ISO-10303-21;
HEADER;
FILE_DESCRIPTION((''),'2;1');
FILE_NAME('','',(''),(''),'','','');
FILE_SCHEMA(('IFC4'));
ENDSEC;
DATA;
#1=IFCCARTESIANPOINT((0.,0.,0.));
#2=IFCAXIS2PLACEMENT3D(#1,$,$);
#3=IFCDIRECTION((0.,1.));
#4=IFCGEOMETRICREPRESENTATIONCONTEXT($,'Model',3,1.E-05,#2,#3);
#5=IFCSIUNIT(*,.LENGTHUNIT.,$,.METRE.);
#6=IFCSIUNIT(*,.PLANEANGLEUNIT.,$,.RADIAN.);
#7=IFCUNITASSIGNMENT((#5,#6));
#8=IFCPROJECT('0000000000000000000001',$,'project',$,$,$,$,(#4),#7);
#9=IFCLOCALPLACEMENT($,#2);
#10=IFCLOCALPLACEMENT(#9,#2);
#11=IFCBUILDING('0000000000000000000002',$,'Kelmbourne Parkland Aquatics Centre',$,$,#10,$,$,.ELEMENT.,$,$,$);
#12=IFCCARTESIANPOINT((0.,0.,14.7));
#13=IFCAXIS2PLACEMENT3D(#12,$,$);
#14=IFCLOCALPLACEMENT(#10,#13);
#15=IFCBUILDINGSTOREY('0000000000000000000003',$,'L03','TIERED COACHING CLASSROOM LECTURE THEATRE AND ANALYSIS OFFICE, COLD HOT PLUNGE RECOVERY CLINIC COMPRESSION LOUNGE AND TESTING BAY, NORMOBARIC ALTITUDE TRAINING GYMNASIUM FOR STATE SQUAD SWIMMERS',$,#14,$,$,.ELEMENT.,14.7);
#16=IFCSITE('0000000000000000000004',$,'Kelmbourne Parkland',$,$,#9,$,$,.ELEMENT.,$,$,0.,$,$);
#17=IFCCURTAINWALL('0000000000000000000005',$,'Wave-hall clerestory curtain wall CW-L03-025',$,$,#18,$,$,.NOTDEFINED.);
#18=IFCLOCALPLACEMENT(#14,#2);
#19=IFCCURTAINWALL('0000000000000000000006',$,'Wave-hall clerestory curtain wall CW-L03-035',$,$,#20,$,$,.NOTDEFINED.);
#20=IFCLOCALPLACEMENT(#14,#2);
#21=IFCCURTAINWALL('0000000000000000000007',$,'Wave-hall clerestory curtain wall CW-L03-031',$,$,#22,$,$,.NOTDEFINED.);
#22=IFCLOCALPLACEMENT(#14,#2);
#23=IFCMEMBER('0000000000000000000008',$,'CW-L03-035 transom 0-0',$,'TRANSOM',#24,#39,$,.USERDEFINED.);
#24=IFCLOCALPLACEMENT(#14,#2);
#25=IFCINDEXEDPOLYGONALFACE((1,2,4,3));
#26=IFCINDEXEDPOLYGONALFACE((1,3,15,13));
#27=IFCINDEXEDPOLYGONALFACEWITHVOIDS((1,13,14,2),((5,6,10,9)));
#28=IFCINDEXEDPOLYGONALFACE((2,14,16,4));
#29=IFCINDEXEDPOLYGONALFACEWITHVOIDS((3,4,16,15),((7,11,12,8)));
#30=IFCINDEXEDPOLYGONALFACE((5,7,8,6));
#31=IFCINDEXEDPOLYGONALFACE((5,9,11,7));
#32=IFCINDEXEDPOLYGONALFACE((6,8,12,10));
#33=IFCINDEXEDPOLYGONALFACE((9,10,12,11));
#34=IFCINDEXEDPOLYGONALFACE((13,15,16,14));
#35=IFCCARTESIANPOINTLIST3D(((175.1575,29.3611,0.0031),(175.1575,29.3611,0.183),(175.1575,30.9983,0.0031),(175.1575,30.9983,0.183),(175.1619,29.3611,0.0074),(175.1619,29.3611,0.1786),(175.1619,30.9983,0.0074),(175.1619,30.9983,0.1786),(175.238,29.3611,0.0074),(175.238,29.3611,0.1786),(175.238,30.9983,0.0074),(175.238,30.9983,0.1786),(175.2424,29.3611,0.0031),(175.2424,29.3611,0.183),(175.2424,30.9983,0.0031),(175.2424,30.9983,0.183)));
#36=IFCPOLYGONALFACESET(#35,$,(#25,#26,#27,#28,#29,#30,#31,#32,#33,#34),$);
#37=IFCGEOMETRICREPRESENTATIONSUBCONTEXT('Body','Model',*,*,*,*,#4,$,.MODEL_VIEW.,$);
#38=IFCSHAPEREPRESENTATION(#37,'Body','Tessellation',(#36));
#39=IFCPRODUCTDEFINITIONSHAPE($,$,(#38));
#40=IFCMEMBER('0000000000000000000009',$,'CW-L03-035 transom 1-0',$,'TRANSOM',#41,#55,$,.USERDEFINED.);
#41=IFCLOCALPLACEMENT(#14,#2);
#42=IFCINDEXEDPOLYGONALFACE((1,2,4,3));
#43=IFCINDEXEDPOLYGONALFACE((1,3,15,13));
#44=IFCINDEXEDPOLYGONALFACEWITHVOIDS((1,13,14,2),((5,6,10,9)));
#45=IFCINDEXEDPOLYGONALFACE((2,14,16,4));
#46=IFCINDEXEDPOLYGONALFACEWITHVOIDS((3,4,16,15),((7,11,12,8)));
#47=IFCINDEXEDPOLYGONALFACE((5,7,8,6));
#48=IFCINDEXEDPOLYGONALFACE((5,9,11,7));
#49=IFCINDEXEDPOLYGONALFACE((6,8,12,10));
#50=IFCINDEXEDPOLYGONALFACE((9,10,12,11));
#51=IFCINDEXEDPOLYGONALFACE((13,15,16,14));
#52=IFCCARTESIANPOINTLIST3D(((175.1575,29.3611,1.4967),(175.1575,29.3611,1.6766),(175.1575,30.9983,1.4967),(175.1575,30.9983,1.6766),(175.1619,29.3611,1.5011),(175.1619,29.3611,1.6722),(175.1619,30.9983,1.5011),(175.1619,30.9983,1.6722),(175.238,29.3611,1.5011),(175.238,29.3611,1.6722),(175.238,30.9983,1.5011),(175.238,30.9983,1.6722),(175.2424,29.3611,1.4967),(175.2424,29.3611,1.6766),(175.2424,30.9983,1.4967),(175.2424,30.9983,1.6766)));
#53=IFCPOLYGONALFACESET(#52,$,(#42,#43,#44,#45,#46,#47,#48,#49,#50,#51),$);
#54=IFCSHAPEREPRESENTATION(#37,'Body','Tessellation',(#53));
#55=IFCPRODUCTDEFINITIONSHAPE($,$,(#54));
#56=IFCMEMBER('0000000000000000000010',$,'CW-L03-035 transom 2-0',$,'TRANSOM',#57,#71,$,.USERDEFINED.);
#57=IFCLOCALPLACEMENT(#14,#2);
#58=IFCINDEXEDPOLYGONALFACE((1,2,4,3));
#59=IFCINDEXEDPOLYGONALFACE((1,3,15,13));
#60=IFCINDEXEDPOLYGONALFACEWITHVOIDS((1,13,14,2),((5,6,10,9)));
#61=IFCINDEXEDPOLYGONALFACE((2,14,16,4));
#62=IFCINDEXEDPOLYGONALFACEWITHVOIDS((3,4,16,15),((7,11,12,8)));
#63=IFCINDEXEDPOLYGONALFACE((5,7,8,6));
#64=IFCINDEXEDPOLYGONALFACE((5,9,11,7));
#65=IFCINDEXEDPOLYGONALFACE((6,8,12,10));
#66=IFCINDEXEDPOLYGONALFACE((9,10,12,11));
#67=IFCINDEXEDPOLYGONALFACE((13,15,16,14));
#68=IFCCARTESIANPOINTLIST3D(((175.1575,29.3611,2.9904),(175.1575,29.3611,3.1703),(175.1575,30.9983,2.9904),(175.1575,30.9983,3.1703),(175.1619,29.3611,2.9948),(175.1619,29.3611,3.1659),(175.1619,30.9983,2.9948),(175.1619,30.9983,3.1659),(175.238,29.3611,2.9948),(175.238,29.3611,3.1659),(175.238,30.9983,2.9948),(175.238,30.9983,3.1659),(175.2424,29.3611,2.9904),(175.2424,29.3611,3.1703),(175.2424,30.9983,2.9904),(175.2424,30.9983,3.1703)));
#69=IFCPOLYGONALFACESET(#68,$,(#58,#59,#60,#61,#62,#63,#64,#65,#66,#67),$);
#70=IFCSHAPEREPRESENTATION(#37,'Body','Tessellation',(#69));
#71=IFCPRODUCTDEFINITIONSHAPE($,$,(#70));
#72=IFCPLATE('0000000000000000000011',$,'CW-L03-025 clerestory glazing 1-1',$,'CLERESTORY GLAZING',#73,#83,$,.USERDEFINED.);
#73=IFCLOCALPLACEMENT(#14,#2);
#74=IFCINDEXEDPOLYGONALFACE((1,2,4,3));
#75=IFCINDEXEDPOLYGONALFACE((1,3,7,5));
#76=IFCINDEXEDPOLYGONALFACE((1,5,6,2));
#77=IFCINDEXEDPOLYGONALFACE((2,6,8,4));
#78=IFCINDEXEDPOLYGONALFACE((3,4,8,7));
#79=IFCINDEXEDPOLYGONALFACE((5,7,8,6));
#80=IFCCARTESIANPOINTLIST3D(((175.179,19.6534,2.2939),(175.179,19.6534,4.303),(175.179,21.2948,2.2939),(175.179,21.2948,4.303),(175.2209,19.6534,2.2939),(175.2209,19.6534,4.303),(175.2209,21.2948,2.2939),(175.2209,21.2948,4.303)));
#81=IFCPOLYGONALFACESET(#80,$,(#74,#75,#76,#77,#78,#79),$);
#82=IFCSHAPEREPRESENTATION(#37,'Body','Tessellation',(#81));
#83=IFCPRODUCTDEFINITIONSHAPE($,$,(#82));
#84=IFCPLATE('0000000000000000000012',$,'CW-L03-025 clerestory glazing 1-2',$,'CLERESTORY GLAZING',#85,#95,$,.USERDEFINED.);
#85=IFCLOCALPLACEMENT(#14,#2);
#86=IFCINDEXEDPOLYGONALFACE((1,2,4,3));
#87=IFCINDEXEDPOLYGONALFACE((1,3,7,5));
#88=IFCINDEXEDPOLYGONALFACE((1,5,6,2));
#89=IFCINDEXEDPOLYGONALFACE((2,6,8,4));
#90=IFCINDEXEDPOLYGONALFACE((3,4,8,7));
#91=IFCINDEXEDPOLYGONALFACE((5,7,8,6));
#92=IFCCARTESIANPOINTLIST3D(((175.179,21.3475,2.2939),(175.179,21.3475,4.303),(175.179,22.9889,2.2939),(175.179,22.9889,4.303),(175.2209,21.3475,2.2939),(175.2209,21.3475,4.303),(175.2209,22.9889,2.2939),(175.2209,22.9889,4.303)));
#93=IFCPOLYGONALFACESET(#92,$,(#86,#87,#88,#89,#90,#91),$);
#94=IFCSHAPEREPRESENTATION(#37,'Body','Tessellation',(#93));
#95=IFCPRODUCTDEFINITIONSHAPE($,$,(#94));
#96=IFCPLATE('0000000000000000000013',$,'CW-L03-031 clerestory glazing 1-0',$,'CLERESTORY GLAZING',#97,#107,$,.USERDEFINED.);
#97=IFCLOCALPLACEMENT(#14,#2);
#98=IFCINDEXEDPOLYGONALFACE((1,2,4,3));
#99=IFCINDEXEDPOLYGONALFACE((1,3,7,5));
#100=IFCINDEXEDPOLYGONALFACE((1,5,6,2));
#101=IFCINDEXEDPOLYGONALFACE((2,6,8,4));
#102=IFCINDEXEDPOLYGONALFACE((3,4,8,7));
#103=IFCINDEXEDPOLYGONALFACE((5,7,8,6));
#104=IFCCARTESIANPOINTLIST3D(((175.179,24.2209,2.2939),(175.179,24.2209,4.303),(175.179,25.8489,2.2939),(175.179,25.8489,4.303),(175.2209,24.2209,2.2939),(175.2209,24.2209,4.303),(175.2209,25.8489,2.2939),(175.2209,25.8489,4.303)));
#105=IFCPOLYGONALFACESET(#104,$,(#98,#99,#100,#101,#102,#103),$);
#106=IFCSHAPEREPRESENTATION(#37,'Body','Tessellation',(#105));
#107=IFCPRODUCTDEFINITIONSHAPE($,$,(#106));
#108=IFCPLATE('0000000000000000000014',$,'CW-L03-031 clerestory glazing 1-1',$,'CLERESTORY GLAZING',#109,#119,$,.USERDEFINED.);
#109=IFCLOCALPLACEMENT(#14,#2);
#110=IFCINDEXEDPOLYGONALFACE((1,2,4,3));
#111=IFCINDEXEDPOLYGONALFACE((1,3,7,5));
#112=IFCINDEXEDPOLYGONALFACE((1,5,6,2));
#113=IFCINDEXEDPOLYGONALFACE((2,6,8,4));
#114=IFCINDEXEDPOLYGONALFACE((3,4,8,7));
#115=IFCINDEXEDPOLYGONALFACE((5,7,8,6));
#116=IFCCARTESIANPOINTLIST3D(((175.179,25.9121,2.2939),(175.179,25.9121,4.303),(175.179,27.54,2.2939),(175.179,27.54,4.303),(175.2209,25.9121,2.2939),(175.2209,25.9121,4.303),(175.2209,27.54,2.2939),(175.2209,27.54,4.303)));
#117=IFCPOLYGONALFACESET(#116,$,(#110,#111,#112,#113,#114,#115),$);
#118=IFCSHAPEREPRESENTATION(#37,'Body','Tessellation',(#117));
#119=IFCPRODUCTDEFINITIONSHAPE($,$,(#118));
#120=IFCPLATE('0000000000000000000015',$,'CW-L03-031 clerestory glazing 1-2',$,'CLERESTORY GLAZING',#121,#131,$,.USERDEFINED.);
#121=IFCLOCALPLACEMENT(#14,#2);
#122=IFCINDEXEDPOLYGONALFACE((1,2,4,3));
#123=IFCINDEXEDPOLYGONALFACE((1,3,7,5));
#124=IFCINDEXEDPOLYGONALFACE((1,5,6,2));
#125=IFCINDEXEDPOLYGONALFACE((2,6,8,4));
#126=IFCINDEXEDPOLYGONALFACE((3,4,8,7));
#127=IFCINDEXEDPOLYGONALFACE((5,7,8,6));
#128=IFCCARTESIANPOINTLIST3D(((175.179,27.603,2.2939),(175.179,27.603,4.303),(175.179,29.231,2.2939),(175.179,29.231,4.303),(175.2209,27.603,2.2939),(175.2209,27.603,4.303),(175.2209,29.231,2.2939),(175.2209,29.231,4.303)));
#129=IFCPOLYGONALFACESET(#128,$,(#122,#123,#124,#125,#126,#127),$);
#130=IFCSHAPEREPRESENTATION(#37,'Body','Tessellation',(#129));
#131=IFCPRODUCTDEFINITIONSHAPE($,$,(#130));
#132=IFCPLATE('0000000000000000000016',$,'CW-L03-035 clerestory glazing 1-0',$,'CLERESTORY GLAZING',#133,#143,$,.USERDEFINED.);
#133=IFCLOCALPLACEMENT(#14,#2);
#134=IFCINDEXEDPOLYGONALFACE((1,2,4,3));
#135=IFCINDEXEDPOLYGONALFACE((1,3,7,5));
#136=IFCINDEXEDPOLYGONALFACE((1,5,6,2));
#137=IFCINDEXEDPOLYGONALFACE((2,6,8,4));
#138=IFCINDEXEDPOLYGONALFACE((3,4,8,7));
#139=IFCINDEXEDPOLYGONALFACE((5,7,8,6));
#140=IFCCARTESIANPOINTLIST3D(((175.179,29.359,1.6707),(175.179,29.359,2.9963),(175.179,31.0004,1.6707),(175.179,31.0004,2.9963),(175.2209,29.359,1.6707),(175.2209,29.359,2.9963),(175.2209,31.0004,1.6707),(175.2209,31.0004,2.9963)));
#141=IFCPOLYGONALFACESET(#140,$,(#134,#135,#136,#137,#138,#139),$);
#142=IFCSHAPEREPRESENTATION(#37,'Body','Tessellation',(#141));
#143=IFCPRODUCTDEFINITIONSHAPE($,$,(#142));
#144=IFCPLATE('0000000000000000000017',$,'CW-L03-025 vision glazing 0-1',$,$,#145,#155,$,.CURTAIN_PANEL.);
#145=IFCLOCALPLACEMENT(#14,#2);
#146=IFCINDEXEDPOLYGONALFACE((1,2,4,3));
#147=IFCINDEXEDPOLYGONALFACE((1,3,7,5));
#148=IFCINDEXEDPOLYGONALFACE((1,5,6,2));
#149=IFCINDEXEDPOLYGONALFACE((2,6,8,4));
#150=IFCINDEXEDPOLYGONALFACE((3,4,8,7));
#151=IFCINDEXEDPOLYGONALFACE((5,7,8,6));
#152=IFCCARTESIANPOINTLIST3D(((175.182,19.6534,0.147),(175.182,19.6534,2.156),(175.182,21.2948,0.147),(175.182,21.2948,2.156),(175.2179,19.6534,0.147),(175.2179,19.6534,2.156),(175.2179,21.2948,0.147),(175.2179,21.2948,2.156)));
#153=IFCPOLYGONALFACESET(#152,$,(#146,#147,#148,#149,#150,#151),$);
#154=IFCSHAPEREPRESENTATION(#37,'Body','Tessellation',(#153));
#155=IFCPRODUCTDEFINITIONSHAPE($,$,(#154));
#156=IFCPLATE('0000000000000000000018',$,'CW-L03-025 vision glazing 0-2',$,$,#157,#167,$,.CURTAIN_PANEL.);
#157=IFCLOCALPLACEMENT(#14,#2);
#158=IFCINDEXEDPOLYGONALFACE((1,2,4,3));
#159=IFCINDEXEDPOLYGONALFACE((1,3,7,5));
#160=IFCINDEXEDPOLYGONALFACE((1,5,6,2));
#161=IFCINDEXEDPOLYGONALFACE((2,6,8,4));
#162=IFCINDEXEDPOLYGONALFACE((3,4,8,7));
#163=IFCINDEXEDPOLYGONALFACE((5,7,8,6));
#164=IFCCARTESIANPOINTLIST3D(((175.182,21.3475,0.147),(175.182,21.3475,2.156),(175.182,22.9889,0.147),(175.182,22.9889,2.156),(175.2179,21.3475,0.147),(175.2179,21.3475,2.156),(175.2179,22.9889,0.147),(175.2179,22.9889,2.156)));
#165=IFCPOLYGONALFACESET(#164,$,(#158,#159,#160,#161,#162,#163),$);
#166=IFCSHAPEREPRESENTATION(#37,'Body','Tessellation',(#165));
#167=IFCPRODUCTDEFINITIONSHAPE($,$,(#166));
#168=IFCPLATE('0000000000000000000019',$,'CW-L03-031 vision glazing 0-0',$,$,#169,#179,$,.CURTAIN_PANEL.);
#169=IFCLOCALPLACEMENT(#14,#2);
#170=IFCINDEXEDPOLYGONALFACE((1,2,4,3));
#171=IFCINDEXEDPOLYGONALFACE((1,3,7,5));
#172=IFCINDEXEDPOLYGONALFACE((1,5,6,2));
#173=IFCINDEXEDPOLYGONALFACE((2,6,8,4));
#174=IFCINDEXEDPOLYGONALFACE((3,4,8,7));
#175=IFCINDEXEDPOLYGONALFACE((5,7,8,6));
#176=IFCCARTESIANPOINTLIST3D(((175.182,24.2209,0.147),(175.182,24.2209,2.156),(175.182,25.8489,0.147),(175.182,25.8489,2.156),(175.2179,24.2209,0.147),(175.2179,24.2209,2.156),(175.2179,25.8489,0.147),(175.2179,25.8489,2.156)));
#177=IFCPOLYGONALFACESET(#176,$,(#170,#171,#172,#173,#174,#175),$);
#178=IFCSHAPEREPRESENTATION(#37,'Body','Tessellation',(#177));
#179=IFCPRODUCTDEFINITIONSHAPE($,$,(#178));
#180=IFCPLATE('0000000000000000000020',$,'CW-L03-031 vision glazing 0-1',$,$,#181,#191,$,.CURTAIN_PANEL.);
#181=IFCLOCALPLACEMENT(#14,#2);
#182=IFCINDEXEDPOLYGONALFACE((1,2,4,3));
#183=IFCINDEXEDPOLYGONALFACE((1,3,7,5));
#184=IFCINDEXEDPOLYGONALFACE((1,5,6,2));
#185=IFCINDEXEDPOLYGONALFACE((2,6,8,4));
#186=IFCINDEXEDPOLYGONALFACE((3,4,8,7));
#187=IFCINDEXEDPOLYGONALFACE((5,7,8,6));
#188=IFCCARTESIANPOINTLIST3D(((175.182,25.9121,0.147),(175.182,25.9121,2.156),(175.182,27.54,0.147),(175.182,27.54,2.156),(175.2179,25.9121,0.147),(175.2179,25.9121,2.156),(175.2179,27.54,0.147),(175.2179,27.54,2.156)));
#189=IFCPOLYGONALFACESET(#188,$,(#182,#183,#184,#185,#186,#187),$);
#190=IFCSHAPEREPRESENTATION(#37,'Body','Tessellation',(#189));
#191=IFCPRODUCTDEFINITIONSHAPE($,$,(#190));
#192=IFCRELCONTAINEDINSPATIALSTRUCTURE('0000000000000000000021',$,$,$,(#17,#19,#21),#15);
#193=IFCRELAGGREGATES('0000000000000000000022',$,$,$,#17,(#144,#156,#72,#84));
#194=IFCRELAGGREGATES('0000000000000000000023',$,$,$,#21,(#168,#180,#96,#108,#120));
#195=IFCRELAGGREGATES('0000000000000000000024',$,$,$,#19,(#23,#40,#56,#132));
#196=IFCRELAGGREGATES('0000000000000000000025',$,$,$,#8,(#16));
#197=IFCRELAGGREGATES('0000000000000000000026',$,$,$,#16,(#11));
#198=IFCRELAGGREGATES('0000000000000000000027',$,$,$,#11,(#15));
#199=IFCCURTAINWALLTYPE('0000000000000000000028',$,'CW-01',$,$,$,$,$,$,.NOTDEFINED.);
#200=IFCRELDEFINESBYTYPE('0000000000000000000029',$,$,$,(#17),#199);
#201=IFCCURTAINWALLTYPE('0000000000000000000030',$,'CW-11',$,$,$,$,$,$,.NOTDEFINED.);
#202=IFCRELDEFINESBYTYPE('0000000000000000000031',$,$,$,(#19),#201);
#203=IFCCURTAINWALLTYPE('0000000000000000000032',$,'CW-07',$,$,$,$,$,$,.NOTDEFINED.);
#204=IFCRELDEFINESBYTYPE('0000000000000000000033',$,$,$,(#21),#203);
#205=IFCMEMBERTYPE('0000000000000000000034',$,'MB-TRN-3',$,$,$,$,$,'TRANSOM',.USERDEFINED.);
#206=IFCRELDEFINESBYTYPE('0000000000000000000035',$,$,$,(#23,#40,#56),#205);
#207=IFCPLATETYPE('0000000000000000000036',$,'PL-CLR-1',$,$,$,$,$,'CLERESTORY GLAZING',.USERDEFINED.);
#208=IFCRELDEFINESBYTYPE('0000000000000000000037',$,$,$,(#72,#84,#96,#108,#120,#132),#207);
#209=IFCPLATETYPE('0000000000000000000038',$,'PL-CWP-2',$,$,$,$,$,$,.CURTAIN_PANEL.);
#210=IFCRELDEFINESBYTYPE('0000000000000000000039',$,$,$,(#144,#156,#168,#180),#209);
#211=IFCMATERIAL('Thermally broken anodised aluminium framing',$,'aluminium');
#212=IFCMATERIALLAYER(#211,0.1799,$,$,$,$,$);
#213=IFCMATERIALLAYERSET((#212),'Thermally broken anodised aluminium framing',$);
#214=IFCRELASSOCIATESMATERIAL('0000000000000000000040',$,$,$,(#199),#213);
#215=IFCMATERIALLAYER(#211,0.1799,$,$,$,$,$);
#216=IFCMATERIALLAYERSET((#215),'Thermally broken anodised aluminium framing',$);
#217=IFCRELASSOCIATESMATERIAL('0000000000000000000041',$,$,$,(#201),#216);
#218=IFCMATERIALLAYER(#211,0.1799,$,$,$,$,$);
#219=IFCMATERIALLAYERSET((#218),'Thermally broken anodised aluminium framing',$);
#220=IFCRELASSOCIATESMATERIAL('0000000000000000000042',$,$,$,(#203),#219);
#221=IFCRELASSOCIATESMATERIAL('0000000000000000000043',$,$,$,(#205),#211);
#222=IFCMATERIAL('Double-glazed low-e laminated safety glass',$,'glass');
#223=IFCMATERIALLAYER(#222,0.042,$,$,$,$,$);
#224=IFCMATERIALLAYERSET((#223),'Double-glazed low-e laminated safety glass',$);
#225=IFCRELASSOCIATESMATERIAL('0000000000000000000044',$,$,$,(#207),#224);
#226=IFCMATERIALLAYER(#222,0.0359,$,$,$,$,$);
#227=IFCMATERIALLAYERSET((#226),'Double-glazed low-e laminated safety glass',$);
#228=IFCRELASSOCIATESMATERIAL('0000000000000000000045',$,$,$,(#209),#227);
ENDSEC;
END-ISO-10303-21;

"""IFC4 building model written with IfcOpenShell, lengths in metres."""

from ifc_helpers import new_model, si_unit, direction, frame, origin, origin_2d, place, context, subcontext, project, spatial, rectangle, hollow_rectangle, extrude, material, layer, layer_set, material_profile, profile_set, type_object, element, aggregate, save


model = new_model("IFC4")

# Units and contexts
model_context = context("Model", 3, precision=1e-05, world=origin(), true_north=direction((0.0, 1.0)))
body_context = subcontext(model_context, "Body", "Model", "MODEL_VIEW")
ifc_project = project(units=[si_unit("LENGTHUNIT", "METRE"), si_unit("PLANEANGLEUNIT", "RADIAN")], contexts=[model_context])

# Site, building, storey
site_placement = place(None, origin())
site = spatial("IfcSite", under=ifc_project, at=site_placement, Name="Kelmbourne Parkland", CompositionType="ELEMENT", RefElevation=0.0)
building_placement = place(site_placement, origin())
building = spatial("IfcBuilding", under=site, at=building_placement, Name="Kelmbourne Parkland Aquatics Centre", CompositionType="ELEMENT")
storey_placement = place(building_placement, frame((0.0, 0.0, 14.7)))
storey = spatial("IfcBuildingStorey", under=building, at=storey_placement, Name="L03", Description="TIERED COACHING CLASSROOM LECTURE THEATRE AND ANALYSIS OFFICE, COLD HOT PLUNGE RECOVERY CLINIC COMPRESSION LOUNGE AND TESTING BAY, NORMOBARIC ALTITUDE TRAINING GYMNASIUM FOR STATE SQUAD SWIMMERS", CompositionType="ELEMENT", Elevation=14.7)

# Curtain walls
ifc_material_1 = material(Name="Thermally broken anodised aluminium framing", Category="aluminium")
ifc_layer_1 = layer(ifc_material_1, 0.1799)
ifc_layer_set_1 = layer_set([ifc_layer_1], Name="Thermally broken anodised aluminium framing")
curtain_wall_type_1 = type_object("IfcCurtainWallType", Name="CW-01", PredefinedType="NOTDEFINED", material=ifc_layer_set_1)
curtain_wall_1_placement = place(storey_placement, origin())
curtain_wall_1 = element("IfcCurtainWall", 1, at=curtain_wall_1_placement, inside=storey, type_object=curtain_wall_type_1, Name="Wave-hall clerestory curtain wall CW-L03-025", PredefinedType="NOTDEFINED")
ifc_layer_2 = layer(ifc_material_1, 0.1799)
ifc_layer_set_2 = layer_set([ifc_layer_2], Name="Thermally broken anodised aluminium framing")
curtain_wall_type_2 = type_object("IfcCurtainWallType", Name="CW-11", PredefinedType="NOTDEFINED", material=ifc_layer_set_2)
curtain_wall_2_placement = place(storey_placement, origin())
curtain_wall_2 = element("IfcCurtainWall", 2, at=curtain_wall_2_placement, inside=storey, type_object=curtain_wall_type_2, Name="Wave-hall clerestory curtain wall CW-L03-035", PredefinedType="NOTDEFINED")
ifc_layer_3 = layer(ifc_material_1, 0.1799)
ifc_layer_set_3 = layer_set([ifc_layer_3], Name="Thermally broken anodised aluminium framing")
curtain_wall_type_3 = type_object("IfcCurtainWallType", Name="CW-07", PredefinedType="NOTDEFINED", material=ifc_layer_set_3)
curtain_wall_3_placement = place(storey_placement, origin())
curtain_wall_3 = element("IfcCurtainWall", 3, at=curtain_wall_3_placement, inside=storey, type_object=curtain_wall_type_3, Name="Wave-hall clerestory curtain wall CW-L03-031", PredefinedType="NOTDEFINED")

# Members
ifc_material_profile_1 = material_profile(ifc_material_1, hollow_rectangle(XDim=0.085, YDim=0.1799, WallThickness=0.0044, at=origin_2d()), Name="CW-T 85x180")
ifc_profile_set_1 = profile_set([ifc_material_profile_1], Name="Thermally broken anodised aluminium framing")
member_type_1 = type_object("IfcMemberType", Name="MB-TRN-3", ElementType="TRANSOM", PredefinedType="USERDEFINED", material=ifc_profile_set_1)
member_1_placement = place(storey_placement, frame((175.2, 29.3611, 0.093), z_axis=(0.0, 1.0, 0.0), x_axis=(-1.0, 0.0, 0.0)))
member_1 = element("IfcMember", 4, at=member_1_placement, type_object=member_type_1, Name="CW-L03-035 transom 0-0", ObjectType="TRANSOM", PredefinedType="USERDEFINED", context=body_context, shape_type="SweptSolid", body=[
    extrude(hollow_rectangle(XDim=0.085, YDim=0.1799, WallThickness=0.0044, at=origin_2d()), origin(), (0.0, 0.0, 1.0), 1.6372),
])
member_2_placement = place(storey_placement, frame((175.2, 29.3611, 1.5867), z_axis=(0.0, 1.0, 0.0), x_axis=(-1.0, 0.0, 0.0)))
member_2 = element("IfcMember", 5, at=member_2_placement, type_object=member_type_1, Name="CW-L03-035 transom 1-0", ObjectType="TRANSOM", PredefinedType="USERDEFINED", context=body_context, shape_type="SweptSolid", body=[
    extrude(hollow_rectangle(XDim=0.085, YDim=0.1799, WallThickness=0.0044, at=origin_2d()), origin(), (0.0, 0.0, 1.0), 1.6372),
])
member_3_placement = place(storey_placement, frame((175.2, 29.3611, 3.0803), z_axis=(0.0, 1.0, 0.0), x_axis=(-1.0, 0.0, 0.0)))
member_3 = element("IfcMember", 6, at=member_3_placement, type_object=member_type_1, Name="CW-L03-035 transom 2-0", ObjectType="TRANSOM", PredefinedType="USERDEFINED", context=body_context, shape_type="SweptSolid", body=[
    extrude(hollow_rectangle(XDim=0.085, YDim=0.1799, WallThickness=0.0044, at=origin_2d()), origin(), (0.0, 0.0, 1.0), 1.6372),
])

# Plates
ifc_material_2 = material(Name="Double-glazed low-e laminated safety glass", Category="glass")
ifc_layer_4 = layer(ifc_material_2, 0.042)
ifc_layer_set_4 = layer_set([ifc_layer_4], Name="Double-glazed low-e laminated safety glass")
plate_type_1 = type_object("IfcPlateType", Name="PL-CLR-1", ElementType="CLERESTORY GLAZING", PredefinedType="USERDEFINED", material=ifc_layer_set_4)
plate_1_placement = place(storey_placement, frame((175.2, 20.4741, 2.2939), z_axis=(0.0, 0.0, 1.0), x_axis=(0.0, 1.0, 0.0)))
plate_1 = element("IfcPlate", 7, at=plate_1_placement, type_object=plate_type_1, Name="CW-L03-025 clerestory glazing 1-1", ObjectType="CLERESTORY GLAZING", PredefinedType="USERDEFINED", context=body_context, shape_type="SweptSolid", body=[
    extrude(rectangle(XDim=1.6414, YDim=0.042, at=origin_2d()), origin(), (0.0, 0.0, 1.0), 2.009),
])
plate_2_placement = place(storey_placement, frame((175.2, 22.1682, 2.2939), z_axis=(0.0, 0.0, 1.0), x_axis=(0.0, 1.0, 0.0)))
plate_2 = element("IfcPlate", 8, at=plate_2_placement, type_object=plate_type_1, Name="CW-L03-025 clerestory glazing 1-2", ObjectType="CLERESTORY GLAZING", PredefinedType="USERDEFINED", context=body_context, shape_type="SweptSolid", body=[
    extrude(rectangle(XDim=1.6414, YDim=0.042, at=origin_2d()), origin(), (0.0, 0.0, 1.0), 2.009),
])
plate_3_placement = place(storey_placement, frame((175.2, 25.0349, 2.2939), z_axis=(0.0, 0.0, 1.0), x_axis=(0.0, 1.0, 0.0)))
plate_3 = element("IfcPlate", 9, at=plate_3_placement, type_object=plate_type_1, Name="CW-L03-031 clerestory glazing 1-0", ObjectType="CLERESTORY GLAZING", PredefinedType="USERDEFINED", context=body_context, shape_type="SweptSolid", body=[
    extrude(rectangle(XDim=1.6279, YDim=0.042, at=origin_2d()), origin(), (0.0, 0.0, 1.0), 2.009),
])
plate_4_placement = place(storey_placement, frame((175.2, 26.7261, 2.2939), z_axis=(0.0, 0.0, 1.0), x_axis=(0.0, 1.0, 0.0)))
plate_4 = element("IfcPlate", 10, at=plate_4_placement, type_object=plate_type_1, Name="CW-L03-031 clerestory glazing 1-1", ObjectType="CLERESTORY GLAZING", PredefinedType="USERDEFINED", context=body_context, shape_type="SweptSolid", body=[
    extrude(rectangle(XDim=1.6279, YDim=0.042, at=origin_2d()), origin(), (0.0, 0.0, 1.0), 2.009),
])
plate_5_placement = place(storey_placement, frame((175.2, 28.417, 2.2939), z_axis=(0.0, 0.0, 1.0), x_axis=(0.0, 1.0, 0.0)))
plate_5 = element("IfcPlate", 11, at=plate_5_placement, type_object=plate_type_1, Name="CW-L03-031 clerestory glazing 1-2", ObjectType="CLERESTORY GLAZING", PredefinedType="USERDEFINED", context=body_context, shape_type="SweptSolid", body=[
    extrude(rectangle(XDim=1.6279, YDim=0.042, at=origin_2d()), origin(), (0.0, 0.0, 1.0), 2.009),
])
plate_6_placement = place(storey_placement, frame((175.2, 30.1797, 1.6707), z_axis=(0.0, 0.0, 1.0), x_axis=(0.0, 1.0, 0.0)))
plate_6 = element("IfcPlate", 12, at=plate_6_placement, type_object=plate_type_1, Name="CW-L03-035 clerestory glazing 1-0", ObjectType="CLERESTORY GLAZING", PredefinedType="USERDEFINED", context=body_context, shape_type="SweptSolid", body=[
    extrude(rectangle(XDim=1.6414, YDim=0.042, at=origin_2d()), origin(), (0.0, 0.0, 1.0), 1.3257),
])
ifc_layer_5 = layer(ifc_material_2, 0.0359)
ifc_layer_set_5 = layer_set([ifc_layer_5], Name="Double-glazed low-e laminated safety glass")
plate_type_2 = type_object("IfcPlateType", Name="PL-CWP-2", PredefinedType="CURTAIN_PANEL", material=ifc_layer_set_5)
plate_7_placement = place(storey_placement, frame((175.2, 20.4741, 0.147), z_axis=(0.0, 0.0, 1.0), x_axis=(0.0, 1.0, 0.0)))
plate_7 = element("IfcPlate", 13, at=plate_7_placement, type_object=plate_type_2, Name="CW-L03-025 vision glazing 0-1", PredefinedType="CURTAIN_PANEL", context=body_context, shape_type="SweptSolid", body=[
    extrude(rectangle(XDim=1.6414, YDim=0.0359, at=origin_2d()), origin(), (0.0, 0.0, 1.0), 2.009),
])
plate_8_placement = place(storey_placement, frame((175.2, 22.1682, 0.147), z_axis=(0.0, 0.0, 1.0), x_axis=(0.0, 1.0, 0.0)))
plate_8 = element("IfcPlate", 14, at=plate_8_placement, type_object=plate_type_2, Name="CW-L03-025 vision glazing 0-2", PredefinedType="CURTAIN_PANEL", context=body_context, shape_type="SweptSolid", body=[
    extrude(rectangle(XDim=1.6414, YDim=0.0359, at=origin_2d()), origin(), (0.0, 0.0, 1.0), 2.009),
])
aggregate(curtain_wall_1, [plate_7, plate_8, plate_1, plate_2])
plate_9_placement = place(storey_placement, frame((175.2, 25.0349, 0.147), z_axis=(0.0, 0.0, 1.0), x_axis=(0.0, 1.0, 0.0)))
plate_9 = element("IfcPlate", 15, at=plate_9_placement, type_object=plate_type_2, Name="CW-L03-031 vision glazing 0-0", PredefinedType="CURTAIN_PANEL", context=body_context, shape_type="SweptSolid", body=[
    extrude(rectangle(XDim=1.6279, YDim=0.0359, at=origin_2d()), origin(), (0.0, 0.0, 1.0), 2.009),
])
plate_10_placement = place(storey_placement, frame((175.2, 26.7261, 0.147), z_axis=(0.0, 0.0, 1.0), x_axis=(0.0, 1.0, 0.0)))
plate_10 = element("IfcPlate", 16, at=plate_10_placement, type_object=plate_type_2, Name="CW-L03-031 vision glazing 0-1", PredefinedType="CURTAIN_PANEL", context=body_context, shape_type="SweptSolid", body=[
    extrude(rectangle(XDim=1.6279, YDim=0.0359, at=origin_2d()), origin(), (0.0, 0.0, 1.0), 2.009),
])
aggregate(curtain_wall_3, [plate_9, plate_10, plate_3, plate_4, plate_5])
aggregate(curtain_wall_2, [member_1, member_2, member_3, plate_6])

save(model, "model.ifc")
